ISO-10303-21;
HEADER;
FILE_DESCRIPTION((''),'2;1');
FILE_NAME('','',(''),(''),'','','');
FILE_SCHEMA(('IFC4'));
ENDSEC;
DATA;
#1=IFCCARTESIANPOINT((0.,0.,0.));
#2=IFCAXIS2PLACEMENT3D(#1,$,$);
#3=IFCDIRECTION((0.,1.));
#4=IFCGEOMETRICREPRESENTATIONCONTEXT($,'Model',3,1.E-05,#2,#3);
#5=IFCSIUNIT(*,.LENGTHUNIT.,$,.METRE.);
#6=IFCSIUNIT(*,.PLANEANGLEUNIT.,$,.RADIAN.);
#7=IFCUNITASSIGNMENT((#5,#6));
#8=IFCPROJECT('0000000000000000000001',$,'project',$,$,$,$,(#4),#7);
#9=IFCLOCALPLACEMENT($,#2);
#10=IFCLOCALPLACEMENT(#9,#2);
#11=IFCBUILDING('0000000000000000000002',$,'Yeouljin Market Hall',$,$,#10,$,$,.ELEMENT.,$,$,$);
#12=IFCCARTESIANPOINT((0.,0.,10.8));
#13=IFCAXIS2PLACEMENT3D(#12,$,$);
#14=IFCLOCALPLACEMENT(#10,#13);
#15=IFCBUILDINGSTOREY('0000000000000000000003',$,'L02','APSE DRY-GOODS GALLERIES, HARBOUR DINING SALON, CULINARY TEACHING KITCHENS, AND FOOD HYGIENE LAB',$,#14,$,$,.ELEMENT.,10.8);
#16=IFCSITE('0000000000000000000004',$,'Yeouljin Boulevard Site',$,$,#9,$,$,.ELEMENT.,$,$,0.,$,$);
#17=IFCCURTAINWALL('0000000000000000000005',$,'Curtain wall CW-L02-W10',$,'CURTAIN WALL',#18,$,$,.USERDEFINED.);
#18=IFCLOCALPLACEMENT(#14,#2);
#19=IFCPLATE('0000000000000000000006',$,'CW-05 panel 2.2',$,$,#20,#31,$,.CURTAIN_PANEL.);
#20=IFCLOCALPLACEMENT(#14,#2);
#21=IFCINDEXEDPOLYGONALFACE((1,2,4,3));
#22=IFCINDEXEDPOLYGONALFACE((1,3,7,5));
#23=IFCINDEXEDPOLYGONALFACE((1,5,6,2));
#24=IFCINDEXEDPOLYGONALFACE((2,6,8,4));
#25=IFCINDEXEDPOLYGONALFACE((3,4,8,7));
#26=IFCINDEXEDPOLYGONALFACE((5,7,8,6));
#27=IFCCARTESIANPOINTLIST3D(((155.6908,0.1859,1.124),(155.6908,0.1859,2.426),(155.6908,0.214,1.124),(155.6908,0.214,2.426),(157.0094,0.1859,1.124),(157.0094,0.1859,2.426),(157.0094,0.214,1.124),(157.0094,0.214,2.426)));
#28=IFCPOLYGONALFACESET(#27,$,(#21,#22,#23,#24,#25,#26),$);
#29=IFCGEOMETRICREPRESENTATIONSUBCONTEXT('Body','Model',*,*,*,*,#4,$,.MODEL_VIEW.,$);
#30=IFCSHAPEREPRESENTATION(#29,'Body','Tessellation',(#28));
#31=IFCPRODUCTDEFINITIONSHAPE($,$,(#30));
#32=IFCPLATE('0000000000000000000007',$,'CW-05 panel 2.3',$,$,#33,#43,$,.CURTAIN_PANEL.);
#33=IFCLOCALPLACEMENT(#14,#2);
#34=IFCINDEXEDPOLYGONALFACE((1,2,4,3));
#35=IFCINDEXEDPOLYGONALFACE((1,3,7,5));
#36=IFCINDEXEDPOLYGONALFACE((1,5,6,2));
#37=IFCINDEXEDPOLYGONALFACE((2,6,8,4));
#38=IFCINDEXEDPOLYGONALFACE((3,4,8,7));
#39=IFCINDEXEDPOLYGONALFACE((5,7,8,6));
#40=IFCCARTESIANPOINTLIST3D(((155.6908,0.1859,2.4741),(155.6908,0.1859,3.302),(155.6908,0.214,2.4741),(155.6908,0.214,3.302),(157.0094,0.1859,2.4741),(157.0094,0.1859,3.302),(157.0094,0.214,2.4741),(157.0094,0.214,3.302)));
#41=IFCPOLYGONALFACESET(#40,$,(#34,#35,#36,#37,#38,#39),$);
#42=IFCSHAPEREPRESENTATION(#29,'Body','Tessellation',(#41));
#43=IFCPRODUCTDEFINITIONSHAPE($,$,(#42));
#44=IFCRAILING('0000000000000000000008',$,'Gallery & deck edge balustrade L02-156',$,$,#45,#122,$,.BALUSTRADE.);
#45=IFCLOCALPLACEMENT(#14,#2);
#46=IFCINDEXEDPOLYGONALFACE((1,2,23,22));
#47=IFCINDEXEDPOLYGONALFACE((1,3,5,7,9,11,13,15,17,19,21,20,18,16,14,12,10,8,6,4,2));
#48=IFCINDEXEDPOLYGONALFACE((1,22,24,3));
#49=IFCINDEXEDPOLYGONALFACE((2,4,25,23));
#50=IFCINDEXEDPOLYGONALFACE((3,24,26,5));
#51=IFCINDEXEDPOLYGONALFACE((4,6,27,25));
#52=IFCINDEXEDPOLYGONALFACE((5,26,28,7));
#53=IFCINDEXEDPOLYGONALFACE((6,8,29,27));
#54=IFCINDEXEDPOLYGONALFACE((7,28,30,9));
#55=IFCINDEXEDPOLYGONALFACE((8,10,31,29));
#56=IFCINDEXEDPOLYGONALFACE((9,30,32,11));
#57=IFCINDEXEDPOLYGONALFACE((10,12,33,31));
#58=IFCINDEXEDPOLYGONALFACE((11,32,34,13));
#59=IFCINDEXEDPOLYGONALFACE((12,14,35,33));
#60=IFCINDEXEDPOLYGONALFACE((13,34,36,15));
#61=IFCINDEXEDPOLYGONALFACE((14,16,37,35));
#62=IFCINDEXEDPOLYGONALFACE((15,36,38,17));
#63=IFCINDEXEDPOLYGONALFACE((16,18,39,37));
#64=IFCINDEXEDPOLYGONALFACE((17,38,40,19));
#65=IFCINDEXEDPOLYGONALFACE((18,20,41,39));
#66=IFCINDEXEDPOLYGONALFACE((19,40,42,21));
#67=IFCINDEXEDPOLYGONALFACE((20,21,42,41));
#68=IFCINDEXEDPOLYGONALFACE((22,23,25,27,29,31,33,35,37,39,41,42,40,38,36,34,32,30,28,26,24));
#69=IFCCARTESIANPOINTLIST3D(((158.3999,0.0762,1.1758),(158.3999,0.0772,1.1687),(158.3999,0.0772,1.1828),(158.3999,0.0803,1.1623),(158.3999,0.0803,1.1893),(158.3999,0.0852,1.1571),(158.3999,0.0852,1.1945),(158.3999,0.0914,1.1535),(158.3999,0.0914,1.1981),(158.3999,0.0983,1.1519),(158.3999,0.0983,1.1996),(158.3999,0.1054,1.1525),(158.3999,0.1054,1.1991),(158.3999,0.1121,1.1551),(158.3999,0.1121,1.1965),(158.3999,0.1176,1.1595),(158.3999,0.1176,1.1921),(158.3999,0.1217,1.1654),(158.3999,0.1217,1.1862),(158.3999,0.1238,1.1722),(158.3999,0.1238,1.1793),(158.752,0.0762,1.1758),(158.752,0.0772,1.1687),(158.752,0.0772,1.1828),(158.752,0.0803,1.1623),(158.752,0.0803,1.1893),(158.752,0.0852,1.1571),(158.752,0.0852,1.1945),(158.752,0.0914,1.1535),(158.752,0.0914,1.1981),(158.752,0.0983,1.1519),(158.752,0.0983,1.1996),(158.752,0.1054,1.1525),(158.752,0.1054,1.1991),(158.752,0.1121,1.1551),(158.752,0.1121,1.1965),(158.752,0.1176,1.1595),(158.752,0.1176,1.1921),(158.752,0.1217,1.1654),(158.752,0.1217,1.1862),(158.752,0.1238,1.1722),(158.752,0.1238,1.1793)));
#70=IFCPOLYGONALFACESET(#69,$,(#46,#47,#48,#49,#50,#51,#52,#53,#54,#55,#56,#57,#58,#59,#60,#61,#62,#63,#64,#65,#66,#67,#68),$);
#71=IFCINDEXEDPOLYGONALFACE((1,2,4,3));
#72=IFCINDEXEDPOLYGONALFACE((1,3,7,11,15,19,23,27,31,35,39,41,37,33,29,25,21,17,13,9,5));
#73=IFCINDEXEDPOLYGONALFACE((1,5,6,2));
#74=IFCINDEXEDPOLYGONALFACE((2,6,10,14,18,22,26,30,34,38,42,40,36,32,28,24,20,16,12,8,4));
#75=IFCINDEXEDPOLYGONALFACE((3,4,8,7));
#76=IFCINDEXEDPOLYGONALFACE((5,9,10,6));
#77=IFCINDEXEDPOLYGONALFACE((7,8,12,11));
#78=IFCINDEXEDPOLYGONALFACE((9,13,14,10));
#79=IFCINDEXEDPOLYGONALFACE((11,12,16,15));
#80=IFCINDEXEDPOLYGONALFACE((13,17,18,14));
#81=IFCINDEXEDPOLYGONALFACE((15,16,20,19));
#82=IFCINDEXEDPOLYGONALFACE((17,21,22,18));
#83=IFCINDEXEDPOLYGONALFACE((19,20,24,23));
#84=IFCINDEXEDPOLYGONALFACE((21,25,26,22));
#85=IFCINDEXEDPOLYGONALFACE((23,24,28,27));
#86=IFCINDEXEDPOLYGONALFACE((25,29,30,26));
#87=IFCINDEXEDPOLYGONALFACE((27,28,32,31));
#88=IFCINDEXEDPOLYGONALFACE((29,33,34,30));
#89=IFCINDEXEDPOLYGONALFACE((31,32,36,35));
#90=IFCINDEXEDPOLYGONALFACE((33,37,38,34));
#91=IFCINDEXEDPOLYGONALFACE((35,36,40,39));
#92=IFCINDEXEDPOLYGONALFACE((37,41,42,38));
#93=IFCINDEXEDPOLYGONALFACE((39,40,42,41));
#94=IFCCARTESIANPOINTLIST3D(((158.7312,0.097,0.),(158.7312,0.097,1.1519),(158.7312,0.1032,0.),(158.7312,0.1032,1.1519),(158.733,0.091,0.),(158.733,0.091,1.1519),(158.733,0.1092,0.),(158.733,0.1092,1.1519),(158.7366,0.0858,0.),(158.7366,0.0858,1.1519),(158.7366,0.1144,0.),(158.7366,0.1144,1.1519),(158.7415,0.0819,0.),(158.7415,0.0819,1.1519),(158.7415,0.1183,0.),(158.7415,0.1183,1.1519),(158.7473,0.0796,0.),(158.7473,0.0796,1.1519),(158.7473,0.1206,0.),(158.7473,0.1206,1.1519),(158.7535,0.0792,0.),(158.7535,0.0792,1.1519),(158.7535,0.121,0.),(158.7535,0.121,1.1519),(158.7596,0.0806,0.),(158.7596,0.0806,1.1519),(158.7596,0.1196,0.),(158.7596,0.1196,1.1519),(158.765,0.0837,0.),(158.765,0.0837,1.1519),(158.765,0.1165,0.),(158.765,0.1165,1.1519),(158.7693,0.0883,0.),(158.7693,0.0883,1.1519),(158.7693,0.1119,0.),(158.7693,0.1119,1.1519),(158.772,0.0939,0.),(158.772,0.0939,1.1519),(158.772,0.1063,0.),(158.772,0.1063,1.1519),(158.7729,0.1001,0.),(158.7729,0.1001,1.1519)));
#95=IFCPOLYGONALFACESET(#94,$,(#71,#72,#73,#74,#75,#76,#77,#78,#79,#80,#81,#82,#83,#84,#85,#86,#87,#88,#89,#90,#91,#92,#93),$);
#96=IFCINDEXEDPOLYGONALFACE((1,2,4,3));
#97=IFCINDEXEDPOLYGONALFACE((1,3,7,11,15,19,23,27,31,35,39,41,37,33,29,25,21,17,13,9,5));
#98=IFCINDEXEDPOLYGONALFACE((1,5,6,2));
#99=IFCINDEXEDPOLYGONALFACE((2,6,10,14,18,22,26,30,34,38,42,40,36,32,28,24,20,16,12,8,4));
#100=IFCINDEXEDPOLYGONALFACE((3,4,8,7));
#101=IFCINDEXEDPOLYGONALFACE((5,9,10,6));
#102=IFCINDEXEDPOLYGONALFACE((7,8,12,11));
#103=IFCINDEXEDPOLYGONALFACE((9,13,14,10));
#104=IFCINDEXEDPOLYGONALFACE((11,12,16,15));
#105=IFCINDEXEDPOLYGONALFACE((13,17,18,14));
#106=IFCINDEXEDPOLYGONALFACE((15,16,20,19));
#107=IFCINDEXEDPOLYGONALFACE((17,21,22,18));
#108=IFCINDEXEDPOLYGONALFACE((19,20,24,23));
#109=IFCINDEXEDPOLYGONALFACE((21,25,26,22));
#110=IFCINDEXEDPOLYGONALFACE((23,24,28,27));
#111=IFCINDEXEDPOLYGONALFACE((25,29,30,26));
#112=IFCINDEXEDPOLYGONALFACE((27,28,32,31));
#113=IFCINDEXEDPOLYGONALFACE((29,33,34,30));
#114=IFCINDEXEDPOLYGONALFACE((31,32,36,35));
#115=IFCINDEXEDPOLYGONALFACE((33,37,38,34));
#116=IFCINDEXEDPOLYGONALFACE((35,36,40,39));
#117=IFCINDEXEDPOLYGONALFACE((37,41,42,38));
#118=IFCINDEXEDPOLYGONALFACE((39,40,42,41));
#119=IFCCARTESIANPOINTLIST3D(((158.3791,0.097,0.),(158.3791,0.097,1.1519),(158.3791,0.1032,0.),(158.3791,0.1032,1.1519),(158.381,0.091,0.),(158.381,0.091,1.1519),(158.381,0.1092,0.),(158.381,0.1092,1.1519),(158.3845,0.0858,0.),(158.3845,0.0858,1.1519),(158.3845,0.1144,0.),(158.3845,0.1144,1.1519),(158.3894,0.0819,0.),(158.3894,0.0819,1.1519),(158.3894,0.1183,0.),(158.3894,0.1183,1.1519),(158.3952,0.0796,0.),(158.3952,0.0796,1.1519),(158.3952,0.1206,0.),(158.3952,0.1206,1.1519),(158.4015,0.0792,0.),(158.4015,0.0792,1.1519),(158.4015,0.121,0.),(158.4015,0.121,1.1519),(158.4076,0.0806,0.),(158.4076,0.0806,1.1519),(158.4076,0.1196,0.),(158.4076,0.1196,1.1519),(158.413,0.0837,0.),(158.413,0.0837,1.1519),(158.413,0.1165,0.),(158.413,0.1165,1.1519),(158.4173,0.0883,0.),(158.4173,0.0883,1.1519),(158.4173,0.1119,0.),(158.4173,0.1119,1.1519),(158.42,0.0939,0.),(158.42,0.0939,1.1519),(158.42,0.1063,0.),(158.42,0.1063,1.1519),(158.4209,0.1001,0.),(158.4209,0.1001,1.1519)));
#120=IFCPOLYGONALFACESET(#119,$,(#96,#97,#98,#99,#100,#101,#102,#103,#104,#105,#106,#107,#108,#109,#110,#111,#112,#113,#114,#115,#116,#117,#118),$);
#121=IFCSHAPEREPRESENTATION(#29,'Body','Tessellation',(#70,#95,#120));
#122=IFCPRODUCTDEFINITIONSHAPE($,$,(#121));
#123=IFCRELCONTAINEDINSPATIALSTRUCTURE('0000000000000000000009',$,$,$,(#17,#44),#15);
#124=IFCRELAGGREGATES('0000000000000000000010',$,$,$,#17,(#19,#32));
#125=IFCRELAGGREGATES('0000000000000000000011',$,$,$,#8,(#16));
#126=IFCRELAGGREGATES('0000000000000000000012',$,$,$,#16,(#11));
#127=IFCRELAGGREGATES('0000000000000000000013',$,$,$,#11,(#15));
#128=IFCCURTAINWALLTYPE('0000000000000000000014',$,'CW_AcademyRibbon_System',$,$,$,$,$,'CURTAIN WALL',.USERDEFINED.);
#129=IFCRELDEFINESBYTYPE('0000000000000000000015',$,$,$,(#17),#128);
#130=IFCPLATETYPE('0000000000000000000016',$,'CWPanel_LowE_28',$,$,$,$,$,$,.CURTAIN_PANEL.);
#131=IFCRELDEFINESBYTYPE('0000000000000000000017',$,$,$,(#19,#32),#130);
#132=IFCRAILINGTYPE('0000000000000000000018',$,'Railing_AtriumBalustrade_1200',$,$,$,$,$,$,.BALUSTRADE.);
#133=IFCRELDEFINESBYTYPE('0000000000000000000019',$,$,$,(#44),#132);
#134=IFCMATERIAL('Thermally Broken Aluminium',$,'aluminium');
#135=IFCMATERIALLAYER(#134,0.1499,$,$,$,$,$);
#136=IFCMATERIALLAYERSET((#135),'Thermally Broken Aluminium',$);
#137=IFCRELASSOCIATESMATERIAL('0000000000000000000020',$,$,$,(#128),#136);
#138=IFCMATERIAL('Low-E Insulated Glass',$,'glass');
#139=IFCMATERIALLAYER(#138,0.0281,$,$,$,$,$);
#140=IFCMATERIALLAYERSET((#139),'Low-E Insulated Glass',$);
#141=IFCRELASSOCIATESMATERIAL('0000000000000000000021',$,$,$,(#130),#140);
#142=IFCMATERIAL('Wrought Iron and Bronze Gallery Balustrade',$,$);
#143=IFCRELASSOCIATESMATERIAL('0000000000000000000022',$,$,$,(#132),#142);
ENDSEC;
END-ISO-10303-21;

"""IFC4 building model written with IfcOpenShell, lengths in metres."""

from ifc_helpers import new_model, si_unit, direction, frame, origin, origin_2d, place, context, subcontext, project, spatial, rectangle, circle, extrude, material, layer, layer_set, type_object, element, aggregate, save


model = new_model("IFC4")

# Units and contexts
model_context = context("Model", 3, precision=1e-05, world=origin(), true_north=direction((0.0, 1.0)))
body_context = subcontext(model_context, "Body", "Model", "MODEL_VIEW")
ifc_project = project(units=[si_unit("LENGTHUNIT", "METRE"), si_unit("PLANEANGLEUNIT", "RADIAN")], contexts=[model_context])

# Site, building, storey
site_placement = place(None, origin())
site = spatial("IfcSite", under=ifc_project, at=site_placement, Name="Yeouljin Boulevard Site", CompositionType="ELEMENT", RefElevation=0.0)
building_placement = place(site_placement, origin())
building = spatial("IfcBuilding", under=site, at=building_placement, Name="Yeouljin Market Hall", CompositionType="ELEMENT")
storey_placement = place(building_placement, frame((0.0, 0.0, 10.8)))
storey = spatial("IfcBuildingStorey", under=building, at=storey_placement, Name="L02", Description="APSE DRY-GOODS GALLERIES, HARBOUR DINING SALON, CULINARY TEACHING KITCHENS, AND FOOD HYGIENE LAB", CompositionType="ELEMENT", Elevation=10.8)

# Curtain wall
ifc_material_1 = material(Name="Thermally Broken Aluminium", Category="aluminium")
ifc_layer_1 = layer(ifc_material_1, 0.1499)
ifc_layer_set_1 = layer_set([ifc_layer_1], Name="Thermally Broken Aluminium")
curtain_wall_type = type_object("IfcCurtainWallType", Name="CW_AcademyRibbon_System", ElementType="CURTAIN WALL", PredefinedType="USERDEFINED", material=ifc_layer_set_1)
curtain_wall_placement = place(storey_placement, origin())
curtain_wall = element("IfcCurtainWall", 1, at=curtain_wall_placement, inside=storey, type_object=curtain_wall_type, Name="Curtain wall CW-L02-W10", ObjectType="CURTAIN WALL", PredefinedType="USERDEFINED")

# Plates
ifc_material_2 = material(Name="Low-E Insulated Glass", Category="glass")
ifc_layer_2 = layer(ifc_material_2, 0.0281)
ifc_layer_set_2 = layer_set([ifc_layer_2], Name="Low-E Insulated Glass")
plate_type = type_object("IfcPlateType", Name="CWPanel_LowE_28", PredefinedType="CURTAIN_PANEL", material=ifc_layer_set_2)
plate_1_placement = place(storey_placement, frame((156.3501, 0.2, 1.124), z_axis=(0.0, 0.0, 1.0), x_axis=(-1.0, 0.0, 0.0)))
plate_1 = element("IfcPlate", 2, at=plate_1_placement, type_object=plate_type, Name="CW-05 panel 2.2", PredefinedType="CURTAIN_PANEL", context=body_context, shape_type="SweptSolid", body=[
    extrude(rectangle(XDim=1.3186, YDim=0.0281, at=origin_2d()), origin(), (0.0, 0.0, 1.0), 1.302),
])
plate_2_placement = place(storey_placement, frame((156.3501, 0.2, 2.4741), z_axis=(0.0, 0.0, 1.0), x_axis=(-1.0, 0.0, 0.0)))
plate_2 = element("IfcPlate", 3, at=plate_2_placement, type_object=plate_type, Name="CW-05 panel 2.3", PredefinedType="CURTAIN_PANEL", context=body_context, shape_type="SweptSolid", body=[
    extrude(rectangle(XDim=1.3186, YDim=0.0281, at=origin_2d()), origin(), (0.0, 0.0, 1.0), 0.8279),
])
aggregate(curtain_wall, [plate_1, plate_2])

# Railing
ifc_material_3 = material(Name="Wrought Iron and Bronze Gallery Balustrade")
railing_type = type_object("IfcRailingType", Name="Railing_AtriumBalustrade_1200", PredefinedType="BALUSTRADE", material=ifc_material_3)
railing_placement = place(storey_placement, frame((158.752, 0.1001, 0.0)))
element("IfcRailing", 4, at=railing_placement, inside=storey, type_object=railing_type, Name="Gallery & deck edge balustrade L02-156", PredefinedType="BALUSTRADE", context=body_context, shape_type="SweptSolid", body=[
    extrude(circle(Radius=0.0239, at=origin_2d()), frame((0.0, 0.0, 1.1758), z_axis=(-1.0, 0.0, 0.0), x_axis=(0.0, -1.0, 0.0)), (0.0, 0.0, 1.0), 0.3521),
    extrude(circle(Radius=0.021, at=origin_2d()), origin(), (0.0, 0.0, 1.0), 1.1519),
    extrude(circle(Radius=0.021, at=origin_2d()), frame((-0.3521, 0.0, 0.0)), (0.0, 0.0, 1.0), 1.1519),
])

save(model, "model.ifc")
